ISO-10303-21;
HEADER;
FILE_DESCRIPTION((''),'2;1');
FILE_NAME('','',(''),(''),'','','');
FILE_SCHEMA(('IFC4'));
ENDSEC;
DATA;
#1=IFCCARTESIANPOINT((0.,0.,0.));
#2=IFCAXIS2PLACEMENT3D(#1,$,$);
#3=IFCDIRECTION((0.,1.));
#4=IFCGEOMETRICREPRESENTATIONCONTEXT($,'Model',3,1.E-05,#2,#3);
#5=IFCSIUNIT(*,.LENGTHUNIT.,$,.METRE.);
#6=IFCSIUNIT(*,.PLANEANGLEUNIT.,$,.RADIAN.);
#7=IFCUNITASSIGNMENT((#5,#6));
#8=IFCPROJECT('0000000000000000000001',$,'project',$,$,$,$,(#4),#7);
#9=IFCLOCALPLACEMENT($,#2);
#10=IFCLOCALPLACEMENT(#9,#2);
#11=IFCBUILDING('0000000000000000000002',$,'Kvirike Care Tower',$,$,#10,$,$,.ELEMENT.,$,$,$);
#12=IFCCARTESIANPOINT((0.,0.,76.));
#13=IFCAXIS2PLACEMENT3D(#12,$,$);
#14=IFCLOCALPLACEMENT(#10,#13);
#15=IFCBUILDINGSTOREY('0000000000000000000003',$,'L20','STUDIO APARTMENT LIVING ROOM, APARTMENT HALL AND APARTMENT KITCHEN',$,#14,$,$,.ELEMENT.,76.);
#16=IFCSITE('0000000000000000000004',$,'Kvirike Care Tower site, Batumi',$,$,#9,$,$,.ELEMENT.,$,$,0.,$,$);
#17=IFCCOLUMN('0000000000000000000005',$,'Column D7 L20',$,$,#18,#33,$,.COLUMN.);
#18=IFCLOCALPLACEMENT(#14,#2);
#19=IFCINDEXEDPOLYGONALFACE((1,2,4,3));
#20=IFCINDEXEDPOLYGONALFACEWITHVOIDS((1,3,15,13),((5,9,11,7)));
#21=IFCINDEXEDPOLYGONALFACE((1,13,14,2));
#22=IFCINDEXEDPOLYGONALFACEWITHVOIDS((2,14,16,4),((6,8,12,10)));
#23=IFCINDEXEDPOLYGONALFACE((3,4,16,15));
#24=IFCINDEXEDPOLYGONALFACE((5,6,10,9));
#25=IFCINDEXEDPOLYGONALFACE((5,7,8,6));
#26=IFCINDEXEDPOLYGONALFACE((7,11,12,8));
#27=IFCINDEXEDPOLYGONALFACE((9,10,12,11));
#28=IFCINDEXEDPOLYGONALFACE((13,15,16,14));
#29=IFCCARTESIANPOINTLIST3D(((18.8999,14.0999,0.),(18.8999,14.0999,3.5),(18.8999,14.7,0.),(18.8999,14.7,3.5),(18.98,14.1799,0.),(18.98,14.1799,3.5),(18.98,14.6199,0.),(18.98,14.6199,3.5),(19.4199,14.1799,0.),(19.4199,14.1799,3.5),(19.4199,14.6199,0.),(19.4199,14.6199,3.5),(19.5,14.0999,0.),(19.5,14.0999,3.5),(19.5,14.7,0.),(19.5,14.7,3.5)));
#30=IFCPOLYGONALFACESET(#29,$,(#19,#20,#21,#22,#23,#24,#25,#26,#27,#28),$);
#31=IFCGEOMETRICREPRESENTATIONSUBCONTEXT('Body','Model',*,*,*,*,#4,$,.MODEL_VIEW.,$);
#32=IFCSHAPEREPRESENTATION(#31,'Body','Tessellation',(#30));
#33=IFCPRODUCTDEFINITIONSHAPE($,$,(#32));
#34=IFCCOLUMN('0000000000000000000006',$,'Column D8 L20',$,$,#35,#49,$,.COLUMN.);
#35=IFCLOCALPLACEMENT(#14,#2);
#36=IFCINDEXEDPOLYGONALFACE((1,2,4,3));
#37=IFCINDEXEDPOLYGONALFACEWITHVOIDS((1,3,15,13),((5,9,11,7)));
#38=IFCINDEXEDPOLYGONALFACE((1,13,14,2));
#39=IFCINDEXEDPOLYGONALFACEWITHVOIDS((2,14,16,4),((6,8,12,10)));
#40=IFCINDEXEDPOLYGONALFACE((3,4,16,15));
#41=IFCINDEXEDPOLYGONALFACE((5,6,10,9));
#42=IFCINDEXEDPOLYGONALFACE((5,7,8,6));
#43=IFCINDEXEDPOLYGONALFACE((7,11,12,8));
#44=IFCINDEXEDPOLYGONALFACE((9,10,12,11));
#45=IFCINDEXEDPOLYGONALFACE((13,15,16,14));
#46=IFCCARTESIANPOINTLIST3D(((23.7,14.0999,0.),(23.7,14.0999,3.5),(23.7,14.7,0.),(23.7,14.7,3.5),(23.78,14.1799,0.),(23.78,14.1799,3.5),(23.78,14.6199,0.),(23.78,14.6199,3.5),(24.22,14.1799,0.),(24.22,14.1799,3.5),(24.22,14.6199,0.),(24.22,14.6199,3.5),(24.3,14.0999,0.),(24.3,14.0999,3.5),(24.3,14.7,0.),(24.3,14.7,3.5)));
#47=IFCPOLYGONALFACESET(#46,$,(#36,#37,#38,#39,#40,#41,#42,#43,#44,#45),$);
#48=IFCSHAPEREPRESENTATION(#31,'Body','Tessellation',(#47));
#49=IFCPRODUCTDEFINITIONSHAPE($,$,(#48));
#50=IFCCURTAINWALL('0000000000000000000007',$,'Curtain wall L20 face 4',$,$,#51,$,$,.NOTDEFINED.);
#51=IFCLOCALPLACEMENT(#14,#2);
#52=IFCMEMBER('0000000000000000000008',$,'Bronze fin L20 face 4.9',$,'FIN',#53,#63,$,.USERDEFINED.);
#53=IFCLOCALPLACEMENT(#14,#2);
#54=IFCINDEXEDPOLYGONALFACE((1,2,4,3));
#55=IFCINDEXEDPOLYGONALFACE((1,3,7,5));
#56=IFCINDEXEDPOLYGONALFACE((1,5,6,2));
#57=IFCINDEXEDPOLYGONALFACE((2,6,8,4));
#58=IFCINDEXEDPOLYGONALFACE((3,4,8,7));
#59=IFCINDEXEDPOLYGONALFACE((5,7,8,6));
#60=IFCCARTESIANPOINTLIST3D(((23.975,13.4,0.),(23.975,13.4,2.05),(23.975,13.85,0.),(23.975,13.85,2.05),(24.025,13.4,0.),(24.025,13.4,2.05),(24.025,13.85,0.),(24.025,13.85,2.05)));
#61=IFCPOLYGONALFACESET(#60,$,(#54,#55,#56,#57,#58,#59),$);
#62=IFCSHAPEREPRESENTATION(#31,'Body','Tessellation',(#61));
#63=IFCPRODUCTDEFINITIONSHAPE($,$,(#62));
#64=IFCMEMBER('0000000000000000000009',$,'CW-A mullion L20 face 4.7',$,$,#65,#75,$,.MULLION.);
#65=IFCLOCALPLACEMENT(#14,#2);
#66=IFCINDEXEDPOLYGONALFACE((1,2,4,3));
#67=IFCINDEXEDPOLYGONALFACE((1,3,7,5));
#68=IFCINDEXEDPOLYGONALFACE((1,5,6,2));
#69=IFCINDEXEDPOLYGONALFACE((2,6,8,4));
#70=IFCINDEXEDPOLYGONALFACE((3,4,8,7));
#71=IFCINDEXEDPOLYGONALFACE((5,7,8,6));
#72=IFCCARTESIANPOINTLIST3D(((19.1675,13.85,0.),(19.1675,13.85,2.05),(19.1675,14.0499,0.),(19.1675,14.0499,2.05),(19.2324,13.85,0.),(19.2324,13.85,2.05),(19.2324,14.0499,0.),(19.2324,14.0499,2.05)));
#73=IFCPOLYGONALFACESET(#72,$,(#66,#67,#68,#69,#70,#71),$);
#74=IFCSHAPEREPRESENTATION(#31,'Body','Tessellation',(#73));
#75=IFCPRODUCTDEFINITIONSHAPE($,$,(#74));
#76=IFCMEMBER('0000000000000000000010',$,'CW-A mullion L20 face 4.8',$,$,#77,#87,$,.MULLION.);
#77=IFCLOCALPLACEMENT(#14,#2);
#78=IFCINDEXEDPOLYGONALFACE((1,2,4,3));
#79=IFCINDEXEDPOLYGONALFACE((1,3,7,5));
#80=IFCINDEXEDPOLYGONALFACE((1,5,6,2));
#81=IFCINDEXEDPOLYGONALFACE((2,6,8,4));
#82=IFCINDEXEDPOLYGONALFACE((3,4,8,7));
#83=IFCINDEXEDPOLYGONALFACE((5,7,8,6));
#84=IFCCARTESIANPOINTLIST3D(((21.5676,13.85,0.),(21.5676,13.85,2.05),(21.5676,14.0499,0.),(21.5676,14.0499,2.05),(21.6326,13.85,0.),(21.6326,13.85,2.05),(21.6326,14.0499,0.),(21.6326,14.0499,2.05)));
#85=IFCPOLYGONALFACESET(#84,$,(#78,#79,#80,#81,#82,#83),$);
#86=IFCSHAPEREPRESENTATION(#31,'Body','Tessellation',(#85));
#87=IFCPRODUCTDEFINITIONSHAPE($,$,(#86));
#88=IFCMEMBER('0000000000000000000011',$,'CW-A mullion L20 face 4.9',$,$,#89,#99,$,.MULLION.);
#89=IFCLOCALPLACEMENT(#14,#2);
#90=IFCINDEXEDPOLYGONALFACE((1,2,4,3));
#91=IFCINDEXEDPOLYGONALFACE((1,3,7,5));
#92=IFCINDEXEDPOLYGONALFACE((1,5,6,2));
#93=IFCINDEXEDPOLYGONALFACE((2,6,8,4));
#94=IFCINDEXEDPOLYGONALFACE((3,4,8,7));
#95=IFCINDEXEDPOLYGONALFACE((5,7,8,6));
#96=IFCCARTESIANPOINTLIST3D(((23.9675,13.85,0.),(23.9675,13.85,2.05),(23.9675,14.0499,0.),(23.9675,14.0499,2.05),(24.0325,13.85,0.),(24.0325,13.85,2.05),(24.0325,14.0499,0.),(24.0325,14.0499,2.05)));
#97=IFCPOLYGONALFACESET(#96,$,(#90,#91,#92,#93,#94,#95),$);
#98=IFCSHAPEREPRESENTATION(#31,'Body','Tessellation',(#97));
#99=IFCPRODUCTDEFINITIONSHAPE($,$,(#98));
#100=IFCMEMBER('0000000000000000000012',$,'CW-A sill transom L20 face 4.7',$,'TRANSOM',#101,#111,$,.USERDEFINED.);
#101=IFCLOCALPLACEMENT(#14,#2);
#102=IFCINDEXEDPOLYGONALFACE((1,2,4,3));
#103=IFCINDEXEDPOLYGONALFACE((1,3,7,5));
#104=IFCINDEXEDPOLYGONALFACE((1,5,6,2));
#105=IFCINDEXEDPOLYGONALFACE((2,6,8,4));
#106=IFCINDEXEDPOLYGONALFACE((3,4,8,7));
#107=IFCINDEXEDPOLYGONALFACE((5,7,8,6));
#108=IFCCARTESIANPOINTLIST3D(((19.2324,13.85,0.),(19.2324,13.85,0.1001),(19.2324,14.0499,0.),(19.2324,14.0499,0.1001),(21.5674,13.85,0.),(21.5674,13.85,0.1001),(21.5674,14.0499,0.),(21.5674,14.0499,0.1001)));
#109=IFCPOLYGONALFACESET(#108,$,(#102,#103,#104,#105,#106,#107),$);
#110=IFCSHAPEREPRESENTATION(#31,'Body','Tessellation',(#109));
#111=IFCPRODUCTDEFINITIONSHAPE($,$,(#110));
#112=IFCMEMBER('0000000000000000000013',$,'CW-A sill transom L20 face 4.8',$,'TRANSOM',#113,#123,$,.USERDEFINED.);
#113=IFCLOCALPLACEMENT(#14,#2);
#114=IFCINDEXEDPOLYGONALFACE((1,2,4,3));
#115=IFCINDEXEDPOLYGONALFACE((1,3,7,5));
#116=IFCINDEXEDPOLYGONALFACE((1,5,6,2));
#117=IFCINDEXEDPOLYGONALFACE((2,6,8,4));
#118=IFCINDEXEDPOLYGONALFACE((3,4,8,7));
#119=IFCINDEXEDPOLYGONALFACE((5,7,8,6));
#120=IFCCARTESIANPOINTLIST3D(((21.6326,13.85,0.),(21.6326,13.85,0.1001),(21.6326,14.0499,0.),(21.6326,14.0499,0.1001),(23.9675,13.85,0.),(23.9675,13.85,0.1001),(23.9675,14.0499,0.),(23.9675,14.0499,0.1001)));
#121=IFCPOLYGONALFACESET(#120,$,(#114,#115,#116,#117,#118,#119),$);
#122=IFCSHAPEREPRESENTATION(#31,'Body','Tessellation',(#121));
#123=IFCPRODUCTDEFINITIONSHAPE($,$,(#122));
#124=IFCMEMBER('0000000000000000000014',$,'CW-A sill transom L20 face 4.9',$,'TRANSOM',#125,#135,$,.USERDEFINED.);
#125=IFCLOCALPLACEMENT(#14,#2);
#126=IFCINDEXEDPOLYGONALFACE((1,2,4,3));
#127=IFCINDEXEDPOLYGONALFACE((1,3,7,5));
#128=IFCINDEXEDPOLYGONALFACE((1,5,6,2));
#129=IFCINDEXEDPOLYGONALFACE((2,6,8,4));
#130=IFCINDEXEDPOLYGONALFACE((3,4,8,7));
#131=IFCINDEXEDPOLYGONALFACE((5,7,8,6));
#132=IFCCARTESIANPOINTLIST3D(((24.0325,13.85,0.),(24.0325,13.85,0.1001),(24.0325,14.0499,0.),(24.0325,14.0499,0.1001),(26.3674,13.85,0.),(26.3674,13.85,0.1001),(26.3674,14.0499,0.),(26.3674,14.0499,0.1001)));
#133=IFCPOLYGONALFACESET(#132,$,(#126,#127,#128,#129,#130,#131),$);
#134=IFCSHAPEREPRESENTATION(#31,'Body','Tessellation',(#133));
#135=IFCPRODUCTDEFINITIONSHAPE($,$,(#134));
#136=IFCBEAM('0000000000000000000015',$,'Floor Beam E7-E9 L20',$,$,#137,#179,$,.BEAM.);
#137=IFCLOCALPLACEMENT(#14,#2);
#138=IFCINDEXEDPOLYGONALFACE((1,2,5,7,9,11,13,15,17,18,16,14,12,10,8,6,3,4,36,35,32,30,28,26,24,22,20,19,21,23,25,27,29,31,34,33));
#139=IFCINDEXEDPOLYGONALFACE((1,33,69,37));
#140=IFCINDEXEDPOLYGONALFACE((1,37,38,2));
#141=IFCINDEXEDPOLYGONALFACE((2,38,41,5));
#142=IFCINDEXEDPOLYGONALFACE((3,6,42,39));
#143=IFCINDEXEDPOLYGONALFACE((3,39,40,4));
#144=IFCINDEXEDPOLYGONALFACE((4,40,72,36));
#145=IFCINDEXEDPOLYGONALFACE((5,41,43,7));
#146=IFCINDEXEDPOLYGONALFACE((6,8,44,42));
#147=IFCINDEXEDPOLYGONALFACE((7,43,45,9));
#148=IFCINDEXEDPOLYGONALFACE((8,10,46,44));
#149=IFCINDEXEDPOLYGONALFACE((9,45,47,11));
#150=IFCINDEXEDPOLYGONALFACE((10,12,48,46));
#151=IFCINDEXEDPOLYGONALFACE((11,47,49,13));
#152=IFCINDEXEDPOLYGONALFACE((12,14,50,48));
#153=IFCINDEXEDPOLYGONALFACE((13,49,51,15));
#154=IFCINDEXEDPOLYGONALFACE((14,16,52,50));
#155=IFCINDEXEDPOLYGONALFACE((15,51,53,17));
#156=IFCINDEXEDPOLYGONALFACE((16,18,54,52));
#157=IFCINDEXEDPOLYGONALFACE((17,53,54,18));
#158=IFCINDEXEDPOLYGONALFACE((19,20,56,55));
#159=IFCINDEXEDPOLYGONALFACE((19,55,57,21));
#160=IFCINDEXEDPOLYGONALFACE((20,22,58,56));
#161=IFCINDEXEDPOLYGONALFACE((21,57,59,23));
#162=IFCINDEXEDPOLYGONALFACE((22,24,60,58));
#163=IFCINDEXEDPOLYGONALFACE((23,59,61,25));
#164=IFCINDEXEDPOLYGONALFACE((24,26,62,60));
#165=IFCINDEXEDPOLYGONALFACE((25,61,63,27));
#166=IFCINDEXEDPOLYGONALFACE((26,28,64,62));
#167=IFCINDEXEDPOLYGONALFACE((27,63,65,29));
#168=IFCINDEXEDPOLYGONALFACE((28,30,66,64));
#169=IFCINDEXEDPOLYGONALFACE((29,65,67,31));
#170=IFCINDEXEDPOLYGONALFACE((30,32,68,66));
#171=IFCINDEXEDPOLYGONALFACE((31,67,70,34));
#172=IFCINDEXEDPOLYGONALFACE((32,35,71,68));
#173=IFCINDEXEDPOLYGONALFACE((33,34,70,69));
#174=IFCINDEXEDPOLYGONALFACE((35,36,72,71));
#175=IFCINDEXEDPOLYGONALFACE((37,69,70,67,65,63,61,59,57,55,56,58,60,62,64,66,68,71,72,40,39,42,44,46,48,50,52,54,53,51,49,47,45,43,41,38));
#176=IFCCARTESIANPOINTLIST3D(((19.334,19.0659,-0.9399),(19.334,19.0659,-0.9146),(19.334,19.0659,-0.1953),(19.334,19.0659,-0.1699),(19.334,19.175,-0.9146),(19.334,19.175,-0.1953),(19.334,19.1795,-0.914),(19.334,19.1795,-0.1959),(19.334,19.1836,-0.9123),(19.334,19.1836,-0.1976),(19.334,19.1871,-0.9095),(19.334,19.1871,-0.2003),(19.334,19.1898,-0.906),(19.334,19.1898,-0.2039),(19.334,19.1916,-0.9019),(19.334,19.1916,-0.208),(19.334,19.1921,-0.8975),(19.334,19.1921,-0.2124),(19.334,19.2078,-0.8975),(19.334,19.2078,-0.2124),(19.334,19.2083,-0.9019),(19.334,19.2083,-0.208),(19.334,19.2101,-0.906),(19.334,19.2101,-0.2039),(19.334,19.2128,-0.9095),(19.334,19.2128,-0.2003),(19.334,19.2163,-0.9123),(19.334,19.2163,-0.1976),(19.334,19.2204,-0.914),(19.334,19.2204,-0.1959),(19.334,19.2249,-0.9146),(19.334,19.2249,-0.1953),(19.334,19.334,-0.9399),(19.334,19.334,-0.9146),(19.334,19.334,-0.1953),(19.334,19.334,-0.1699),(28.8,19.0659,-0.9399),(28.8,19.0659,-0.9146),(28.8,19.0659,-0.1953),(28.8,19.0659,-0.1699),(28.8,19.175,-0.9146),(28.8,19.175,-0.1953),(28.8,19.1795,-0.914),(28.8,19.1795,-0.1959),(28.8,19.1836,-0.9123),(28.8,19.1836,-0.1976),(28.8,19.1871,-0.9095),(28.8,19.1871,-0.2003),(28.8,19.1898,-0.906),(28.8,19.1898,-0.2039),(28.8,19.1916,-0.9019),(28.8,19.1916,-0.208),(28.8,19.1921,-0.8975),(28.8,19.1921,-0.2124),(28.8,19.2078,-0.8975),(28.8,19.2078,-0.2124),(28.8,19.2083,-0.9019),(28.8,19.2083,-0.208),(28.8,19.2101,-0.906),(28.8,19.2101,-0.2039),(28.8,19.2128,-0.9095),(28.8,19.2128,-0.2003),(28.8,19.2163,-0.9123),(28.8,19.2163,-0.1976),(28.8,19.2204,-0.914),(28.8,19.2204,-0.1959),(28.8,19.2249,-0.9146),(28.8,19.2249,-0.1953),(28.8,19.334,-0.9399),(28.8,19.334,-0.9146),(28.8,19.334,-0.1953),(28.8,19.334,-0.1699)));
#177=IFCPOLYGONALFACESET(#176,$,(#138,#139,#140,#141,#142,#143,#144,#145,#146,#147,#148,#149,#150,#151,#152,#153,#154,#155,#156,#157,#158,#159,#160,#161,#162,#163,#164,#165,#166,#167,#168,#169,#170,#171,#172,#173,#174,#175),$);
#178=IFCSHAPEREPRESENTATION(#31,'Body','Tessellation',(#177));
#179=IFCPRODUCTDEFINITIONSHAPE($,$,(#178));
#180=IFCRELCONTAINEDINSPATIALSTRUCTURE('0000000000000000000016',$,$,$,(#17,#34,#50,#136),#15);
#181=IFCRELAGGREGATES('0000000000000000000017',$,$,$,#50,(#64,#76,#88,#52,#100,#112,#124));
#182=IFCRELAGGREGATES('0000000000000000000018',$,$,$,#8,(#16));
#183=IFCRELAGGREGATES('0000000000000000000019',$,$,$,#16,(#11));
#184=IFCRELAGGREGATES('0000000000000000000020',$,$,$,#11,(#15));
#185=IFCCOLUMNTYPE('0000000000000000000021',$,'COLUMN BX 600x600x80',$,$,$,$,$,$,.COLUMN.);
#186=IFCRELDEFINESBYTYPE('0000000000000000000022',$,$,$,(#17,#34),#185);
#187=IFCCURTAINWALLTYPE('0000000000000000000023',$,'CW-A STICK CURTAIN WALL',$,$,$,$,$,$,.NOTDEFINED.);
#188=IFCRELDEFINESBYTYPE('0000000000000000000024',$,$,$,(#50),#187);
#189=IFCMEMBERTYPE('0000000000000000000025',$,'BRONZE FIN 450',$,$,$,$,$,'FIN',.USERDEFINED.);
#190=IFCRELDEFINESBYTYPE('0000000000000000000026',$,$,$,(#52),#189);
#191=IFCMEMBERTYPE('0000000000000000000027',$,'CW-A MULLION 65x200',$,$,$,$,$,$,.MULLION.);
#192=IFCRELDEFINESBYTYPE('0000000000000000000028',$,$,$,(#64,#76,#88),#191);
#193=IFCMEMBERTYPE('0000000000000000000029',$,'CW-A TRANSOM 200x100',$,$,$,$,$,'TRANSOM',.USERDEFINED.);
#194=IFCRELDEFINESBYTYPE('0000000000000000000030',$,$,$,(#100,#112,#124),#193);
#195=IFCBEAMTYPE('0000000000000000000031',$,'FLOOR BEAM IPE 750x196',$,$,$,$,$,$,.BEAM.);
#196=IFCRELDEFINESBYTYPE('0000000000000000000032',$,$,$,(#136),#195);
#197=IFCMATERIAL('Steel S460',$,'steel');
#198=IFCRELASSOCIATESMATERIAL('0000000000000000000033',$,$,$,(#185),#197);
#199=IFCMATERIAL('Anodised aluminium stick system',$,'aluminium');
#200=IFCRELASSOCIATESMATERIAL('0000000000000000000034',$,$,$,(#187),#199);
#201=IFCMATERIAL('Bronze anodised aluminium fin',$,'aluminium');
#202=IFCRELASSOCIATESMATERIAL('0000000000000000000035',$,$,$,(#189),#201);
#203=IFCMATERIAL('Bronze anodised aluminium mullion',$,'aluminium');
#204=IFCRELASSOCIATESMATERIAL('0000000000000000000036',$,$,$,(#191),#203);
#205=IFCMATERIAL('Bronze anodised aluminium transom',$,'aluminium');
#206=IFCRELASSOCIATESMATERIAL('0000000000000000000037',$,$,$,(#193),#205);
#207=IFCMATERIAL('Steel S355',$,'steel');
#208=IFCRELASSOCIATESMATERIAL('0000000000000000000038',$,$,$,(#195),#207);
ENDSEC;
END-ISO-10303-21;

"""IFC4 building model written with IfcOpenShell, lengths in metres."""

from ifc_helpers import new_model, si_unit, direction, frame, origin, origin_2d, place, context, subcontext, project, spatial, rectangle, hollow_rectangle, i_section, extrude, material, material_profile, profile_set, type_object, element, aggregate, save


model = new_model("IFC4")

# Units and contexts
model_context = context("Model", 3, precision=1e-05, world=origin(), true_north=direction((0.0, 1.0)))
body_context = subcontext(model_context, "Body", "Model", "MODEL_VIEW")
ifc_project = project(units=[si_unit("LENGTHUNIT", "METRE"), si_unit("PLANEANGLEUNIT", "RADIAN")], contexts=[model_context])

# Site, building, storey
site_placement = place(None, origin())
site = spatial("IfcSite", under=ifc_project, at=site_placement, Name="Kvirike Care Tower site, Batumi", CompositionType="ELEMENT", RefElevation=0.0)
building_placement = place(site_placement, origin())
building = spatial("IfcBuilding", under=site, at=building_placement, Name="Kvirike Care Tower", CompositionType="ELEMENT")
storey_placement = place(building_placement, frame((0.0, 0.0, 76.0)))
storey = spatial("IfcBuildingStorey", under=building, at=storey_placement, Name="L20", Description="STUDIO APARTMENT LIVING ROOM, APARTMENT HALL AND APARTMENT KITCHEN", CompositionType="ELEMENT", Elevation=76.0)

# Columns
ifc_material_1 = material(Name="Steel S460", Category="steel")
ifc_material_profile_1 = material_profile(ifc_material_1, hollow_rectangle(XDim=0.6001, YDim=0.6001, WallThickness=0.0801, at=origin_2d()), Name="BX 600x600x80")
ifc_profile_set_1 = profile_set([ifc_material_profile_1], Name="Steel S460")
column_type = type_object("IfcColumnType", Name="COLUMN BX 600x600x80", PredefinedType="COLUMN", material=ifc_profile_set_1)
for number, where, z_axis, x_axis, name in (
    (1, (19.2, 14.3999, 0.0), (0.0, 0.0, 1.0), (0.0, 1.0, 0.0), "Column D7 L20"),
    (2, (24.0, 14.3999, 0.0), (0.0, 0.0, 1.0), (0.0, 1.0, 0.0), "Column D8 L20"),
):
    element("IfcColumn", number, at=place(storey_placement, frame(where, z_axis=z_axis, x_axis=x_axis)), inside=storey, type_object=column_type, Name=name, PredefinedType="COLUMN", context=body_context, shape_type="SweptSolid", body=[
        extrude(hollow_rectangle(XDim=0.6001, YDim=0.6001, WallThickness=0.0801, at=origin_2d()), origin(), (0.0, 0.0, 1.0), 3.5),
    ])

# Curtain wall, members
ifc_material_2 = material(Name="Anodised aluminium stick system", Category="aluminium")
curtain_wall_type = type_object("IfcCurtainWallType", Name="CW-A STICK CURTAIN WALL", PredefinedType="NOTDEFINED", material=ifc_material_2)
curtain_wall_placement = place(storey_placement, origin())
curtain_wall = element("IfcCurtainWall", 3, at=curtain_wall_placement, inside=storey, type_object=curtain_wall_type, Name="Curtain wall L20 face 4", PredefinedType="NOTDEFINED")
ifc_material_3 = material(Name="Bronze anodised aluminium fin", Category="aluminium")
ifc_material_profile_2 = material_profile(ifc_material_3, rectangle(XDim=0.05, YDim=0.45, at=origin_2d()), Name="BRONZE FIN 450")
ifc_profile_set_2 = profile_set([ifc_material_profile_2], Name="Bronze anodised aluminium fin")
member_type_1 = type_object("IfcMemberType", Name="BRONZE FIN 450", ElementType="FIN", PredefinedType="USERDEFINED", material=ifc_profile_set_2)
member_1_placement = place(storey_placement, frame((24.0, 13.625, 0.0), z_axis=(0.0, 0.0, 1.0), x_axis=(1.0, 0.0, 0.0)))
member_1 = element("IfcMember", 4, at=member_1_placement, type_object=member_type_1, Name="Bronze fin L20 face 4.9", ObjectType="FIN", PredefinedType="USERDEFINED", context=body_context, shape_type="SweptSolid", body=[
    extrude(rectangle(XDim=0.05, YDim=0.45, at=origin_2d()), origin(), (0.0, 0.0, 1.0), 2.05),
])
ifc_material_4 = material(Name="Bronze anodised aluminium mullion", Category="aluminium")
ifc_material_profile_3 = material_profile(ifc_material_4, rectangle(XDim=0.0649, YDim=0.2, at=origin_2d()), Name="CW-A MULLION 65x200")
ifc_profile_set_3 = profile_set([ifc_material_profile_3], Name="Bronze anodised aluminium mullion")
member_type_2 = type_object("IfcMemberType", Name="CW-A MULLION 65x200", PredefinedType="MULLION", material=ifc_profile_set_3)
member_2_placement = place(storey_placement, frame((19.2, 13.95, 0.0), z_axis=(0.0, 0.0, 1.0), x_axis=(1.0, 0.0, 0.0)))
member_2 = element("IfcMember", 5, at=member_2_placement, type_object=member_type_2, Name="CW-A mullion L20 face 4.7", PredefinedType="MULLION", context=body_context, shape_type="SweptSolid", body=[
    extrude(rectangle(XDim=0.0649, YDim=0.2, at=origin_2d()), origin(), (0.0, 0.0, 1.0), 2.05),
])
member_3_placement = place(storey_placement, frame((21.6001, 13.95, 0.0), z_axis=(0.0, 0.0, 1.0), x_axis=(1.0, 0.0, 0.0)))
member_3 = element("IfcMember", 6, at=member_3_placement, type_object=member_type_2, Name="CW-A mullion L20 face 4.8", PredefinedType="MULLION", context=body_context, shape_type="SweptSolid", body=[
    extrude(rectangle(XDim=0.0649, YDim=0.2, at=origin_2d()), origin(), (0.0, 0.0, 1.0), 2.05),
])
member_4_placement = place(storey_placement, frame((24.0, 13.95, 0.0), z_axis=(0.0, 0.0, 1.0), x_axis=(1.0, 0.0, 0.0)))
member_4 = element("IfcMember", 7, at=member_4_placement, type_object=member_type_2, Name="CW-A mullion L20 face 4.9", PredefinedType="MULLION", context=body_context, shape_type="SweptSolid", body=[
    extrude(rectangle(XDim=0.0649, YDim=0.2, at=origin_2d()), origin(), (0.0, 0.0, 1.0), 2.05),
])
ifc_material_5 = material(Name="Bronze anodised aluminium transom", Category="aluminium")
ifc_material_profile_4 = material_profile(ifc_material_5, rectangle(XDim=0.2, YDim=0.1001, at=origin_2d()), Name="CW-A TRANSOM 200x100")
ifc_profile_set_4 = profile_set([ifc_material_profile_4], Name="Bronze anodised aluminium transom")
member_type_3 = type_object("IfcMemberType", Name="CW-A TRANSOM 200x100", ElementType="TRANSOM", PredefinedType="USERDEFINED", material=ifc_profile_set_4)
member_5_placement = place(storey_placement, frame((19.2324, 13.95, 0.05), z_axis=(1.0, 0.0, 0.0), x_axis=(0.0, 1.0, 0.0)))
member_5 = element("IfcMember", 8, at=member_5_placement, type_object=member_type_3, Name="CW-A sill transom L20 face 4.7", ObjectType="TRANSOM", PredefinedType="USERDEFINED", context=body_context, shape_type="SweptSolid", body=[
    extrude(rectangle(XDim=0.2, YDim=0.1001, at=origin_2d()), origin(), (0.0, 0.0, 1.0), 2.335),
])
member_6_placement = place(storey_placement, frame((21.6326, 13.95, 0.05), z_axis=(1.0, 0.0, 0.0), x_axis=(0.0, 1.0, 0.0)))
member_6 = element("IfcMember", 9, at=member_6_placement, type_object=member_type_3, Name="CW-A sill transom L20 face 4.8", ObjectType="TRANSOM", PredefinedType="USERDEFINED", context=body_context, shape_type="SweptSolid", body=[
    extrude(rectangle(XDim=0.2, YDim=0.1001, at=origin_2d()), origin(), (0.0, 0.0, 1.0), 2.335),
])
member_7_placement = place(storey_placement, frame((24.0325, 13.95, 0.05), z_axis=(1.0, 0.0, 0.0), x_axis=(0.0, 1.0, 0.0)))
member_7 = element("IfcMember", 10, at=member_7_placement, type_object=member_type_3, Name="CW-A sill transom L20 face 4.9", ObjectType="TRANSOM", PredefinedType="USERDEFINED", context=body_context, shape_type="SweptSolid", body=[
    extrude(rectangle(XDim=0.2, YDim=0.1001, at=origin_2d()), origin(), (0.0, 0.0, 1.0), 2.335),
])

# Beam
ifc_material_6 = material(Name="Steel S355", Category="steel")
ifc_material_profile_5 = material_profile(ifc_material_6, i_section(OverallWidth=0.2681, OverallDepth=0.77, WebThickness=0.0156, FlangeThickness=0.0254, FilletRadius=0.0171, at=origin_2d()), Name="IPE 750x196")
ifc_profile_set_5 = profile_set([ifc_material_profile_5], Name="Steel S355")
beam_type_1 = type_object("IfcBeamType", Name="FLOOR BEAM IPE 750x196", PredefinedType="BEAM", material=ifc_profile_set_5)
beam_1_placement = place(storey_placement, frame((19.334, 19.2, -0.5549), z_axis=(1.0, 0.0, 0.0), x_axis=(0.0, 1.0, 0.0)))
element("IfcBeam", 11, at=beam_1_placement, inside=storey, type_object=beam_type_1, Name="Floor Beam E7-E9 L20", PredefinedType="BEAM", context=body_context, shape_type="SweptSolid", body=[
    extrude(i_section(OverallWidth=0.2681, OverallDepth=0.77, WebThickness=0.0156, FlangeThickness=0.0254, FilletRadius=0.0171, at=origin_2d()), origin(), (0.0, 0.0, 1.0), 9.4661),
])

aggregate(curtain_wall, [member_2, member_3, member_4, member_1, member_5, member_6, member_7])

save(model, "model.ifc")
